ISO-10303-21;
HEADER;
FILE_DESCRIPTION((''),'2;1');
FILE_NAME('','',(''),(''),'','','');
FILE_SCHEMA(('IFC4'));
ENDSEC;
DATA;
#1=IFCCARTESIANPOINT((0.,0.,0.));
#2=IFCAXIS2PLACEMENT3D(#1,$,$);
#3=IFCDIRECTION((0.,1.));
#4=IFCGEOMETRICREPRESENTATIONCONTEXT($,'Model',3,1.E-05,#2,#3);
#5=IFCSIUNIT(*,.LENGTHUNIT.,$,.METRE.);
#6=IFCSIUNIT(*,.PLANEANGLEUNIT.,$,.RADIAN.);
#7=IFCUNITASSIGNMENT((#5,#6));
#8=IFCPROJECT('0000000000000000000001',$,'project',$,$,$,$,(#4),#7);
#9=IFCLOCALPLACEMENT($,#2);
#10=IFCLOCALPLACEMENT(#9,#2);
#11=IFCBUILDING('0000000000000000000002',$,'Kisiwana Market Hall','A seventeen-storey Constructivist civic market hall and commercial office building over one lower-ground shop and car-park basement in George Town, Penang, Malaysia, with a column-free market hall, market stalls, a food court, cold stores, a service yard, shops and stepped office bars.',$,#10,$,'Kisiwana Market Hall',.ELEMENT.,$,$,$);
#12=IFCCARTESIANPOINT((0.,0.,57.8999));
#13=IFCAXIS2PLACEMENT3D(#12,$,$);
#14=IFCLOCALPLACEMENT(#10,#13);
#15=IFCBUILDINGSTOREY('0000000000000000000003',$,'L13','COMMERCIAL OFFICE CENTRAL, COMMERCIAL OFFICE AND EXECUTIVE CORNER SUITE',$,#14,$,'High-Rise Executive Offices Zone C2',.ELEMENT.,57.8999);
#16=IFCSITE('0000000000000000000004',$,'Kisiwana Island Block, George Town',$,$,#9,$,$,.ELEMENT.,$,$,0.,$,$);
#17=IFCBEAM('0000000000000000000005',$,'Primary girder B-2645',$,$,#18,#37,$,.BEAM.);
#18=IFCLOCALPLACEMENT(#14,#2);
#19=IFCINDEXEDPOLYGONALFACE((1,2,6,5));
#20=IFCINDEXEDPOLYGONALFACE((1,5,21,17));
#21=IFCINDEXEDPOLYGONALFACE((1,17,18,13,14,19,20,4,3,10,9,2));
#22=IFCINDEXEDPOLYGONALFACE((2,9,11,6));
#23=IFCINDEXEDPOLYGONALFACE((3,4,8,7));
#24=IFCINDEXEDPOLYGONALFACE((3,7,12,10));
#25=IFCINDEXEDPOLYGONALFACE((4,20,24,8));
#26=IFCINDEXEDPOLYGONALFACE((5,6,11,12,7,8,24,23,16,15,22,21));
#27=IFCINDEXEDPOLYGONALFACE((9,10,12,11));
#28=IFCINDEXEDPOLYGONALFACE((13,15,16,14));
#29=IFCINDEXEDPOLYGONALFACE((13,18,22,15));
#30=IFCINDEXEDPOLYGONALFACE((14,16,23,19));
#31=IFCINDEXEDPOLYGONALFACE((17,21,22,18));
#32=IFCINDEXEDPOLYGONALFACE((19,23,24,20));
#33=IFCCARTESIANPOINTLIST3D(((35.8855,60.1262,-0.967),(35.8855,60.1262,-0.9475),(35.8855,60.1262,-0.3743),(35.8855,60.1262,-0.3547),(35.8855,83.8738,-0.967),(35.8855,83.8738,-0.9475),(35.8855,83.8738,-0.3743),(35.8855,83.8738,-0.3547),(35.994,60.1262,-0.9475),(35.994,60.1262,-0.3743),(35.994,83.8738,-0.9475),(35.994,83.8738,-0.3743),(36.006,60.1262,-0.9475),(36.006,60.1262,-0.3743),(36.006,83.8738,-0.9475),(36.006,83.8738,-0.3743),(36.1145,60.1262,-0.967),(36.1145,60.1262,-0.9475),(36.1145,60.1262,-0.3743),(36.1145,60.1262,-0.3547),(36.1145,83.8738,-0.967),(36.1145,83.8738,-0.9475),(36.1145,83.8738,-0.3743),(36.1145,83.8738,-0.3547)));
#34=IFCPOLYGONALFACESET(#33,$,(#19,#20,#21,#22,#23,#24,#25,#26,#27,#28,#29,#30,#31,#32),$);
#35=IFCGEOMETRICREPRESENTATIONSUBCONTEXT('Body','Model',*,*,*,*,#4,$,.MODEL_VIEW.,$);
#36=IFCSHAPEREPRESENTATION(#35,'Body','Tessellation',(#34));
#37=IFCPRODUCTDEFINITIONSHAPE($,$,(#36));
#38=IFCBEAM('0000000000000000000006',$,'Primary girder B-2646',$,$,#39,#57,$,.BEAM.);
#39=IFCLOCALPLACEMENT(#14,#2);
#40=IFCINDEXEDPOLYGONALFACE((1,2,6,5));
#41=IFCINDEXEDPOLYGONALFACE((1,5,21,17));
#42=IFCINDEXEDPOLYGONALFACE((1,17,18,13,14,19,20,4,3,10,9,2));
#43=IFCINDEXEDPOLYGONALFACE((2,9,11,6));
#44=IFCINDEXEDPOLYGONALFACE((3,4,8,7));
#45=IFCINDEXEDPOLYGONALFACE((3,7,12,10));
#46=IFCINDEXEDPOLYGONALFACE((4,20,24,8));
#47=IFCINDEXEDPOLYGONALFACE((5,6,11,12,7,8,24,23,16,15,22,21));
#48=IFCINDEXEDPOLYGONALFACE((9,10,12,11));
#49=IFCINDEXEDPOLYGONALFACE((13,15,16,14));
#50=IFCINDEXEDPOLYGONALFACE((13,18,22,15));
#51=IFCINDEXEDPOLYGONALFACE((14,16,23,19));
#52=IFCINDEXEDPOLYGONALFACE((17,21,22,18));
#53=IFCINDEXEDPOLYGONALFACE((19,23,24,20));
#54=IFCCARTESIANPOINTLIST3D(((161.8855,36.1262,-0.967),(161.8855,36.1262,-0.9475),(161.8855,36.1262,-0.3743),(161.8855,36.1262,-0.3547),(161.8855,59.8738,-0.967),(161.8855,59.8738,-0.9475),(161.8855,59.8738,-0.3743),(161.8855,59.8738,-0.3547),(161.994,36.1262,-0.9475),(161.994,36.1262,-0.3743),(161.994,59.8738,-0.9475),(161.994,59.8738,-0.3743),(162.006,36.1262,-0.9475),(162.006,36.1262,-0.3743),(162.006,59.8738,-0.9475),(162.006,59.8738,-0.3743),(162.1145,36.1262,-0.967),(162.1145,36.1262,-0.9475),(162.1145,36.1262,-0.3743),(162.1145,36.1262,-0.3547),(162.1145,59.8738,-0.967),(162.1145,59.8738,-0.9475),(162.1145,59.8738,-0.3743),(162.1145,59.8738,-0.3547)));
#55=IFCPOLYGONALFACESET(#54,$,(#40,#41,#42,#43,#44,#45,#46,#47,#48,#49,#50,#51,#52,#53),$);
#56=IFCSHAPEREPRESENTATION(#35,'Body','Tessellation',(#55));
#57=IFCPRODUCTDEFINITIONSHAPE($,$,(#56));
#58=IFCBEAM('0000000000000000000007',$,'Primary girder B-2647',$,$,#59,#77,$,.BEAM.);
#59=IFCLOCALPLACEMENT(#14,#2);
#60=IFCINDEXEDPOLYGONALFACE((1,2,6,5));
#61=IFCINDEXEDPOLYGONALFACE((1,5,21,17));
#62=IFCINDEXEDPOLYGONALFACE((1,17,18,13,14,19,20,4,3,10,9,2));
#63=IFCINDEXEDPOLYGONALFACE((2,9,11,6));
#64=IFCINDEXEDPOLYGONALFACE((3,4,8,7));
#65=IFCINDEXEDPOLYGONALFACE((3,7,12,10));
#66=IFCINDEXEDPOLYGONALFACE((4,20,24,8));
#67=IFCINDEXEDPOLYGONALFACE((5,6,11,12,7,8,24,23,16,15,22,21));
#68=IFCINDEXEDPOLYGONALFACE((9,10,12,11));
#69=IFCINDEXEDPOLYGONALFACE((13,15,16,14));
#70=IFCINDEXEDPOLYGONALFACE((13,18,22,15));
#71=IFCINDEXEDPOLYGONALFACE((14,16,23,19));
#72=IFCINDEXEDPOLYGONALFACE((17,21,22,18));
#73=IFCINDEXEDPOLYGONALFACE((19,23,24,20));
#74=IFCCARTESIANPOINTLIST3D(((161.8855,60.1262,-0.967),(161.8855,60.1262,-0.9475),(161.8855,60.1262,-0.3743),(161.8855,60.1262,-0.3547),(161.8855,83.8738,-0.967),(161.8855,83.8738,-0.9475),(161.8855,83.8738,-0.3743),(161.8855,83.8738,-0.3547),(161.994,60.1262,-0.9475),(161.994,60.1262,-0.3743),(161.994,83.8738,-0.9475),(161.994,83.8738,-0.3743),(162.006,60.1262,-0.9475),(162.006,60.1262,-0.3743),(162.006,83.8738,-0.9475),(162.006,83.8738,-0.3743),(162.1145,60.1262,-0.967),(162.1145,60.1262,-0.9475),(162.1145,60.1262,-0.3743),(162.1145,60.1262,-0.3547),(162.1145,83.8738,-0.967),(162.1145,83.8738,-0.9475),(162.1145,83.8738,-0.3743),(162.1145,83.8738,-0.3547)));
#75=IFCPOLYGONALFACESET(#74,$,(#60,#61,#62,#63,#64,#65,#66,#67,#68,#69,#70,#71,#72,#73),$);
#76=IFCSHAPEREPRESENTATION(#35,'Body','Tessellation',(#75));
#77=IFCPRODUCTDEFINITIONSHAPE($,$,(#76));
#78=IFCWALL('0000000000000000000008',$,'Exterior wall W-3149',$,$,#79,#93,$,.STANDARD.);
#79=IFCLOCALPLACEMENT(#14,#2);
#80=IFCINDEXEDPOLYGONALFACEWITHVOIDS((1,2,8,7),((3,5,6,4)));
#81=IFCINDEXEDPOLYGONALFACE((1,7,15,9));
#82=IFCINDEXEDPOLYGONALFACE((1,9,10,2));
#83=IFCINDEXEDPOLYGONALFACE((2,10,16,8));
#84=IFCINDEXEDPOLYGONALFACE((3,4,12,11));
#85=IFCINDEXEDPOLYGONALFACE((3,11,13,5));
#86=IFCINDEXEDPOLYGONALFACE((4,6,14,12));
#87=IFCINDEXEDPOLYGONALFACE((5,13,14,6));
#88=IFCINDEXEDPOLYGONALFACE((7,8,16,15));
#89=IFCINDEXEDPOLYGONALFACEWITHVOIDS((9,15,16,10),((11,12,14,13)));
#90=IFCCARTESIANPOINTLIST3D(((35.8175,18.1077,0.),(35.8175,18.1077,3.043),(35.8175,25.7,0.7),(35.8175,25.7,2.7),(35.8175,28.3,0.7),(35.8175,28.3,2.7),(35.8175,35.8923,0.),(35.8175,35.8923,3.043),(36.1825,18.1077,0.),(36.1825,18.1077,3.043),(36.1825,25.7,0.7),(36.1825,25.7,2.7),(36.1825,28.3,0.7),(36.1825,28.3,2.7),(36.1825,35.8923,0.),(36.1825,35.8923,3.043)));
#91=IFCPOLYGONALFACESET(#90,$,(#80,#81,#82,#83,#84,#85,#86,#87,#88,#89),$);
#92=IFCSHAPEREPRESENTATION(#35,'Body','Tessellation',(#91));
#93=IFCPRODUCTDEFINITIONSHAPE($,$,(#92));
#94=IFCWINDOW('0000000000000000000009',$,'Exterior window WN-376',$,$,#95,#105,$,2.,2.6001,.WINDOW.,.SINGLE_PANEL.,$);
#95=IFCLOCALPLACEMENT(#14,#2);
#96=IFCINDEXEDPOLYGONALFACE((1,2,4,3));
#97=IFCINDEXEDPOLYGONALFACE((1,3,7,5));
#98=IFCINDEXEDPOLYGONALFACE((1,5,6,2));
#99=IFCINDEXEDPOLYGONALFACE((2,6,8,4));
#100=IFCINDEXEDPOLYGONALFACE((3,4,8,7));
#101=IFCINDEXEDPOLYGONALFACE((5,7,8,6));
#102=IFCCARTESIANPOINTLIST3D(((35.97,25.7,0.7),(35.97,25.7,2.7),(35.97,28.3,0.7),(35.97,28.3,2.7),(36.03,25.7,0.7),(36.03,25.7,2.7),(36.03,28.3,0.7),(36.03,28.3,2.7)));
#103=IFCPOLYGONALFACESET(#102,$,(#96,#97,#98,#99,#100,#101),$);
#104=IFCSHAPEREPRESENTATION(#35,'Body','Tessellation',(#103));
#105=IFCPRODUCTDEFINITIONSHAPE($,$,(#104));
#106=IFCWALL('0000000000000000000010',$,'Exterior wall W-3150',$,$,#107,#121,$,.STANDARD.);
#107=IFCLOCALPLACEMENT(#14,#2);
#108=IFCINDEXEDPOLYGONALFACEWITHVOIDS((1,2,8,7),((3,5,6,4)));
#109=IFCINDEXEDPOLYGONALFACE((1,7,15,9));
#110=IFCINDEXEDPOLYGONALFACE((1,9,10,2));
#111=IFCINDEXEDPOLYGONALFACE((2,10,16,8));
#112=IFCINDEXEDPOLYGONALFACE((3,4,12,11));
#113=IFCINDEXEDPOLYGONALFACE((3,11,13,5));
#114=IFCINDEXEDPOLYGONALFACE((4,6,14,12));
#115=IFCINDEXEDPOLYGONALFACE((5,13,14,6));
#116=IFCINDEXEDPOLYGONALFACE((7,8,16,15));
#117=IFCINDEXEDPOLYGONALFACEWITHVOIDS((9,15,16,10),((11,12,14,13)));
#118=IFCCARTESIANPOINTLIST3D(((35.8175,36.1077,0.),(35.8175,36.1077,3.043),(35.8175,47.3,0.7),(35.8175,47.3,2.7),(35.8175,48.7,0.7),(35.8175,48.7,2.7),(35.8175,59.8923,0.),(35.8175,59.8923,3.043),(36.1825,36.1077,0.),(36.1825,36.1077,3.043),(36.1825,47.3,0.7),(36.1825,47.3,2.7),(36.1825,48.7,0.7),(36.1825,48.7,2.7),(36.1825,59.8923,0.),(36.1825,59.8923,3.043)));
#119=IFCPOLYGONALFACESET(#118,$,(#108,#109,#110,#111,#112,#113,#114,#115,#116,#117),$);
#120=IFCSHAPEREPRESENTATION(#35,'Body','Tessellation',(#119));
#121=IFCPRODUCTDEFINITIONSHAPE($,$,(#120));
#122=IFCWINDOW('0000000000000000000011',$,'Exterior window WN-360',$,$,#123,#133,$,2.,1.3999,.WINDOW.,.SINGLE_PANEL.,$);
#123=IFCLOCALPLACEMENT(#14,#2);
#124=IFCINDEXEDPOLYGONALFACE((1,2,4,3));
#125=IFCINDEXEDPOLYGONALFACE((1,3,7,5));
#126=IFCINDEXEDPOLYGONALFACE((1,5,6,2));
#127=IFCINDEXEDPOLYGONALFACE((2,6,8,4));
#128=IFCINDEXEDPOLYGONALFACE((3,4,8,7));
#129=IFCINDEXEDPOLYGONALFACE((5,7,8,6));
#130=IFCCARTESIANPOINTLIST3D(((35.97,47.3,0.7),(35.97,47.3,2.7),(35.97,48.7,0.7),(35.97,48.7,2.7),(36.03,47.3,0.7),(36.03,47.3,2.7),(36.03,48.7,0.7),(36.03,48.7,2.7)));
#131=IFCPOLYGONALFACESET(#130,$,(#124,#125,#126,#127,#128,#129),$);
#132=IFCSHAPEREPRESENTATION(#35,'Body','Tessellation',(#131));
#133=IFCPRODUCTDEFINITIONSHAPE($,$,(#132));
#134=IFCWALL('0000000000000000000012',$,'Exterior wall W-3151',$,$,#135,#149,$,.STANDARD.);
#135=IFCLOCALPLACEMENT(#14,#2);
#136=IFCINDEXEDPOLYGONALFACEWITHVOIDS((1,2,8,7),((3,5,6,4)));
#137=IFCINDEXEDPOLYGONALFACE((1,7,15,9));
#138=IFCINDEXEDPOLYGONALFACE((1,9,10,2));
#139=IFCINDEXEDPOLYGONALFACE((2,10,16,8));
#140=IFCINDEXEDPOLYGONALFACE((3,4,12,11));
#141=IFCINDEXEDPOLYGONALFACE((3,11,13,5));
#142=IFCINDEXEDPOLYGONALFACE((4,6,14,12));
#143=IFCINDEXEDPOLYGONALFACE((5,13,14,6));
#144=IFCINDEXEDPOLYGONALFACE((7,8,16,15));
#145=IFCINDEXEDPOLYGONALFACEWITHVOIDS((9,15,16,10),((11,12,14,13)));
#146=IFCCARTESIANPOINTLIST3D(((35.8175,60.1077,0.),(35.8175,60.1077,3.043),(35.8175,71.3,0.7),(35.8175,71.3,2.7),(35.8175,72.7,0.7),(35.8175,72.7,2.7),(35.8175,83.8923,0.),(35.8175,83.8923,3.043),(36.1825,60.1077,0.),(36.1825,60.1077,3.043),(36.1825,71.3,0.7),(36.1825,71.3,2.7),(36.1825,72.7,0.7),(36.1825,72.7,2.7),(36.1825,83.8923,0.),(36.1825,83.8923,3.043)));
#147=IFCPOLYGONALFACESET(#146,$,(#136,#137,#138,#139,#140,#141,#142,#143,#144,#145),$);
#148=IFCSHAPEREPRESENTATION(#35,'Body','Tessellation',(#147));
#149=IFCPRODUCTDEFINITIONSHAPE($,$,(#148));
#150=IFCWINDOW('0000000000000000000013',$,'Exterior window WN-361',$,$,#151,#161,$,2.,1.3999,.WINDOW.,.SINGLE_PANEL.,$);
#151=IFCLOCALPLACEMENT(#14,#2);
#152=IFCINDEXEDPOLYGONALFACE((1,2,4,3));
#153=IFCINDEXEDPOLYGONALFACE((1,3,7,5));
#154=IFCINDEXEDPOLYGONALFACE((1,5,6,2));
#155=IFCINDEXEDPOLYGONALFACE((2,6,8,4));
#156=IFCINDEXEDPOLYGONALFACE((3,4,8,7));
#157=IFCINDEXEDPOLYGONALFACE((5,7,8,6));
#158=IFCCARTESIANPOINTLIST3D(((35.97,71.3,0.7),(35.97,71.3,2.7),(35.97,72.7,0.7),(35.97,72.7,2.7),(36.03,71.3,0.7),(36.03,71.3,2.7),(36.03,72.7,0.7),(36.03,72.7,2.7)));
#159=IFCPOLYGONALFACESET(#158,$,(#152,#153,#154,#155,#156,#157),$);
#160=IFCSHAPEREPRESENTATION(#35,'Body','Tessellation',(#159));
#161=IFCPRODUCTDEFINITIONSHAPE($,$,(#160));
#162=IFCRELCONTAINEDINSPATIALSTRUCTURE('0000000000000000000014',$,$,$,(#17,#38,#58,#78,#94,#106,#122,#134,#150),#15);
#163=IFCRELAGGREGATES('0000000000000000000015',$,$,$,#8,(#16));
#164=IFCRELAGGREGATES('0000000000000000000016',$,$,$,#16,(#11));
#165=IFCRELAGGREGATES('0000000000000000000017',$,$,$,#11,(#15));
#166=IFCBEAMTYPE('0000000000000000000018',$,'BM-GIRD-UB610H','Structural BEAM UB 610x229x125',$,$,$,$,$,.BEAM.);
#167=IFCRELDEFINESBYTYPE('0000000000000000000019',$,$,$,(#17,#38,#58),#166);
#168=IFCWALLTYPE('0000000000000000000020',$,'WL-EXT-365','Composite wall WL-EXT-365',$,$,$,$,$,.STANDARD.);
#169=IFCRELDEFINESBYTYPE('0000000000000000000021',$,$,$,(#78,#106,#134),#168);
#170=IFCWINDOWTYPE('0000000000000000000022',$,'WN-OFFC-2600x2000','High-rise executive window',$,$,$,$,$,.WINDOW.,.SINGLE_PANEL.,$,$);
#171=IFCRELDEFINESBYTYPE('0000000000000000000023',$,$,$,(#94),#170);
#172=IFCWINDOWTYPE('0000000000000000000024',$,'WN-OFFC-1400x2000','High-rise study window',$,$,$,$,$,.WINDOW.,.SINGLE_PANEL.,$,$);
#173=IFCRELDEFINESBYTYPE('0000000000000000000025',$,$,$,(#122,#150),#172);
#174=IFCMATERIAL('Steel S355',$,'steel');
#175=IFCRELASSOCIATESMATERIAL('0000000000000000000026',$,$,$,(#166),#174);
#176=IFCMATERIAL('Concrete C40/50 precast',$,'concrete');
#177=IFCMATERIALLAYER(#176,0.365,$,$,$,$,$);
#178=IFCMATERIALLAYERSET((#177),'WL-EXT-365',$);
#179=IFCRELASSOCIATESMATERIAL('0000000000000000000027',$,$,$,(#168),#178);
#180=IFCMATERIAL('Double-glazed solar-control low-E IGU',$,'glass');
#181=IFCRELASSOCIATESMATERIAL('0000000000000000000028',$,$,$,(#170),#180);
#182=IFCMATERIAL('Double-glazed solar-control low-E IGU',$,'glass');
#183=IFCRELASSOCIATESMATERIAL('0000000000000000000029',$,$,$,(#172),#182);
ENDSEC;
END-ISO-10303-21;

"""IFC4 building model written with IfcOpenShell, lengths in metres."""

from ifc_helpers import new_model, si_unit, direction, frame, frame_2d, origin, origin_2d, place, context, subcontext, project, spatial, rectangle, i_section, extrude, material, layer, layer_set, material_profile, profile_set, type_object, element, fill, save


model = new_model("IFC4")

# Units and contexts
model_context = context("Model", 3, precision=1e-05, world=origin(), true_north=direction((0.0, 1.0)))
body_context = subcontext(model_context, "Body", "Model", "MODEL_VIEW")
ifc_project = project(units=[si_unit("LENGTHUNIT", "METRE"), si_unit("PLANEANGLEUNIT", "RADIAN")], contexts=[model_context])

# Site, building, storey
site_placement = place(None, origin())
site = spatial("IfcSite", under=ifc_project, at=site_placement, Name="Kisiwana Island Block, George Town", CompositionType="ELEMENT", RefElevation=0.0)
building_placement = place(site_placement, origin())
building = spatial("IfcBuilding", under=site, at=building_placement, Name="Kisiwana Market Hall", Description="A seventeen-storey Constructivist civic market hall and commercial office building over one lower-ground shop and car-park basement in George Town, Penang, Malaysia, with a column-free market hall, market stalls, a food court, cold stores, a service yard, shops and stepped office bars.", LongName="Kisiwana Market Hall", CompositionType="ELEMENT")
storey_placement = place(building_placement, frame((0.0, 0.0, 57.8999)))
storey = spatial("IfcBuildingStorey", under=building, at=storey_placement, Name="L13", Description="COMMERCIAL OFFICE CENTRAL, COMMERCIAL OFFICE AND EXECUTIVE CORNER SUITE", LongName="High-Rise Executive Offices Zone C2", CompositionType="ELEMENT", Elevation=57.8999)

# Beams
ifc_material_1 = material(Name="Steel S355", Category="steel")
ifc_material_profile_1 = material_profile(ifc_material_1, i_section(OverallWidth=0.229, OverallDepth=0.6123, WebThickness=0.012, FlangeThickness=0.0195, at=origin_2d()), Name="UB 610x229x125")
ifc_profile_set_1 = profile_set([ifc_material_profile_1], Name="Steel S355")
beam_type = type_object("IfcBeamType", Name="BM-GIRD-UB610H", Description="Structural BEAM UB 610x229x125", PredefinedType="BEAM", material=ifc_profile_set_1)
for number, where, z_axis, x_axis, name in (
    (1, (36.0, 60.1262, -0.6609), (0.0, 1.0, 0.0), (-1.0, 0.0, 0.0), "Primary girder B-2645"),
    (2, (162.0, 36.1262, -0.6609), (0.0, 1.0, 0.0), (-1.0, 0.0, 0.0), "Primary girder B-2646"),
    (3, (162.0, 60.1262, -0.6609), (0.0, 1.0, 0.0), (-1.0, 0.0, 0.0), "Primary girder B-2647"),
):
    element("IfcBeam", number, at=place(storey_placement, frame(where, z_axis=z_axis, x_axis=x_axis)), inside=storey, type_object=beam_type, Name=name, PredefinedType="BEAM", context=body_context, shape_type="SweptSolid", body=[
        extrude(i_section(OverallWidth=0.229, OverallDepth=0.6123, WebThickness=0.012, FlangeThickness=0.0195, at=origin_2d()), origin(), (0.0, 0.0, 1.0), 23.7476),
    ])

# Walls, openings, windows
ifc_material_2 = material(Name="Concrete C40/50 precast", Category="concrete")
ifc_layer = layer(ifc_material_2, 0.365)
ifc_layer_set = layer_set([ifc_layer], Name="WL-EXT-365")
wall_type = type_object("IfcWallType", Name="WL-EXT-365", Description="Composite wall WL-EXT-365", PredefinedType="STANDARD", material=ifc_layer_set)
wall_1_placement = place(storey_placement, frame((36.0, 18.1077, 0.0), z_axis=(0.0, 0.0, 1.0), x_axis=(0.0, 1.0, 0.0)))
wall_1 = element("IfcWall", 4, at=wall_1_placement, inside=storey, type_object=wall_type, Name="Exterior wall W-3149", PredefinedType="STANDARD", context=body_context, shape_type="SweptSolid", body=[
    extrude(rectangle(XDim=17.7847, YDim=0.365, at=frame_2d((8.8923, 0.0))), origin(), (0.0, 0.0, 1.0), 3.043),
])
opening_1_placement = place(wall_1_placement, frame((7.5923, 0.0, 0.7)))
opening_1 = element("IfcOpeningElement", 5, at=opening_1_placement, cuts=wall_1, PredefinedType="OPENING", context=body_context, shape_type="SweptSolid", body=[
    extrude(rectangle(XDim=2.6001, YDim=2.0, at=frame_2d((1.3, 1.0))), frame((0.0, 0.1943, 0.0), z_axis=(0.0, -1.0, 0.0), x_axis=(1.0, 0.0, 0.0)), (0.0, 0.0, 1.0), 0.3889),
])
ifc_material_3 = material(Name="Double-glazed solar-control low-E IGU", Category="glass")
window_type_1 = type_object("IfcWindowType", Name="WN-OFFC-2600x2000", Description="High-rise executive window", PartitioningType="SINGLE_PANEL", PredefinedType="WINDOW", material=ifc_material_3)
window_1_placement = place(opening_1_placement, origin())
window_1 = element("IfcWindow", 6, at=window_1_placement, inside=storey, type_object=window_type_1, Name="Exterior window WN-376", OverallHeight=2.0, OverallWidth=2.6001, PartitioningType="SINGLE_PANEL", PredefinedType="WINDOW", context=body_context, shape_type="SweptSolid", body=[
    extrude(rectangle(XDim=2.6001, YDim=2.0, at=frame_2d((1.3, 1.0))), frame((0.0, 0.03, 0.0), z_axis=(0.0, -1.0, 0.0), x_axis=(1.0, 0.0, 0.0)), (0.0, 0.0, 1.0), 0.0601),
])
fill(opening_1, window_1)
wall_2_placement = place(storey_placement, frame((36.0, 36.1077, 0.0), z_axis=(0.0, 0.0, 1.0), x_axis=(0.0, 1.0, 0.0)))
wall_2 = element("IfcWall", 7, at=wall_2_placement, inside=storey, type_object=wall_type, Name="Exterior wall W-3150", PredefinedType="STANDARD", context=body_context, shape_type="SweptSolid", body=[
    extrude(rectangle(XDim=23.7847, YDim=0.365, at=frame_2d((11.8923, 0.0))), origin(), (0.0, 0.0, 1.0), 3.043),
])
opening_2_placement = place(wall_2_placement, frame((11.1924, 0.0, 0.7)))
opening_2 = element("IfcOpeningElement", 8, at=opening_2_placement, cuts=wall_2, PredefinedType="OPENING", context=body_context, shape_type="SweptSolid", body=[
    extrude(rectangle(XDim=1.3999, YDim=2.0, at=frame_2d((0.7, 1.0))), frame((0.0, 0.1943, 0.0), z_axis=(0.0, -1.0, 0.0), x_axis=(1.0, 0.0, 0.0)), (0.0, 0.0, 1.0), 0.3889),
])
ifc_material_4 = material(Name="Double-glazed solar-control low-E IGU", Category="glass")
window_type_2 = type_object("IfcWindowType", Name="WN-OFFC-1400x2000", Description="High-rise study window", PartitioningType="SINGLE_PANEL", PredefinedType="WINDOW", material=ifc_material_4)
window_2_placement = place(opening_2_placement, origin())
window_2 = element("IfcWindow", 9, at=window_2_placement, inside=storey, type_object=window_type_2, Name="Exterior window WN-360", OverallHeight=2.0, OverallWidth=1.3999, PartitioningType="SINGLE_PANEL", PredefinedType="WINDOW", context=body_context, shape_type="SweptSolid", body=[
    extrude(rectangle(XDim=1.3999, YDim=2.0, at=frame_2d((0.7, 1.0))), frame((0.0, 0.03, 0.0), z_axis=(0.0, -1.0, 0.0), x_axis=(1.0, 0.0, 0.0)), (0.0, 0.0, 1.0), 0.0601),
])
fill(opening_2, window_2)
wall_3_placement = place(storey_placement, frame((36.0, 60.1077, 0.0), z_axis=(0.0, 0.0, 1.0), x_axis=(0.0, 1.0, 0.0)))
wall_3 = element("IfcWall", 10, at=wall_3_placement, inside=storey, type_object=wall_type, Name="Exterior wall W-3151", PredefinedType="STANDARD", context=body_context, shape_type="SweptSolid", body=[
    extrude(rectangle(XDim=23.7847, YDim=0.365, at=frame_2d((11.8923, 0.0))), origin(), (0.0, 0.0, 1.0), 3.043),
])
opening_3_placement = place(wall_3_placement, frame((11.1924, 0.0, 0.7)))
opening_3 = element("IfcOpeningElement", 11, at=opening_3_placement, cuts=wall_3, PredefinedType="OPENING", context=body_context, shape_type="SweptSolid", body=[
    extrude(rectangle(XDim=1.3999, YDim=2.0, at=frame_2d((0.7, 1.0))), frame((0.0, 0.1943, 0.0), z_axis=(0.0, -1.0, 0.0), x_axis=(1.0, 0.0, 0.0)), (0.0, 0.0, 1.0), 0.3889),
])
window_3_placement = place(opening_3_placement, origin())
window_3 = element("IfcWindow", 12, at=window_3_placement, inside=storey, type_object=window_type_2, Name="Exterior window WN-361", OverallHeight=2.0, OverallWidth=1.3999, PartitioningType="SINGLE_PANEL", PredefinedType="WINDOW", context=body_context, shape_type="SweptSolid", body=[
    extrude(rectangle(XDim=1.3999, YDim=2.0, at=frame_2d((0.7, 1.0))), frame((0.0, 0.03, 0.0), z_axis=(0.0, -1.0, 0.0), x_axis=(1.0, 0.0, 0.0)), (0.0, 0.0, 1.0), 0.0601),
])
fill(opening_3, window_3)

save(model, "model.ifc")
